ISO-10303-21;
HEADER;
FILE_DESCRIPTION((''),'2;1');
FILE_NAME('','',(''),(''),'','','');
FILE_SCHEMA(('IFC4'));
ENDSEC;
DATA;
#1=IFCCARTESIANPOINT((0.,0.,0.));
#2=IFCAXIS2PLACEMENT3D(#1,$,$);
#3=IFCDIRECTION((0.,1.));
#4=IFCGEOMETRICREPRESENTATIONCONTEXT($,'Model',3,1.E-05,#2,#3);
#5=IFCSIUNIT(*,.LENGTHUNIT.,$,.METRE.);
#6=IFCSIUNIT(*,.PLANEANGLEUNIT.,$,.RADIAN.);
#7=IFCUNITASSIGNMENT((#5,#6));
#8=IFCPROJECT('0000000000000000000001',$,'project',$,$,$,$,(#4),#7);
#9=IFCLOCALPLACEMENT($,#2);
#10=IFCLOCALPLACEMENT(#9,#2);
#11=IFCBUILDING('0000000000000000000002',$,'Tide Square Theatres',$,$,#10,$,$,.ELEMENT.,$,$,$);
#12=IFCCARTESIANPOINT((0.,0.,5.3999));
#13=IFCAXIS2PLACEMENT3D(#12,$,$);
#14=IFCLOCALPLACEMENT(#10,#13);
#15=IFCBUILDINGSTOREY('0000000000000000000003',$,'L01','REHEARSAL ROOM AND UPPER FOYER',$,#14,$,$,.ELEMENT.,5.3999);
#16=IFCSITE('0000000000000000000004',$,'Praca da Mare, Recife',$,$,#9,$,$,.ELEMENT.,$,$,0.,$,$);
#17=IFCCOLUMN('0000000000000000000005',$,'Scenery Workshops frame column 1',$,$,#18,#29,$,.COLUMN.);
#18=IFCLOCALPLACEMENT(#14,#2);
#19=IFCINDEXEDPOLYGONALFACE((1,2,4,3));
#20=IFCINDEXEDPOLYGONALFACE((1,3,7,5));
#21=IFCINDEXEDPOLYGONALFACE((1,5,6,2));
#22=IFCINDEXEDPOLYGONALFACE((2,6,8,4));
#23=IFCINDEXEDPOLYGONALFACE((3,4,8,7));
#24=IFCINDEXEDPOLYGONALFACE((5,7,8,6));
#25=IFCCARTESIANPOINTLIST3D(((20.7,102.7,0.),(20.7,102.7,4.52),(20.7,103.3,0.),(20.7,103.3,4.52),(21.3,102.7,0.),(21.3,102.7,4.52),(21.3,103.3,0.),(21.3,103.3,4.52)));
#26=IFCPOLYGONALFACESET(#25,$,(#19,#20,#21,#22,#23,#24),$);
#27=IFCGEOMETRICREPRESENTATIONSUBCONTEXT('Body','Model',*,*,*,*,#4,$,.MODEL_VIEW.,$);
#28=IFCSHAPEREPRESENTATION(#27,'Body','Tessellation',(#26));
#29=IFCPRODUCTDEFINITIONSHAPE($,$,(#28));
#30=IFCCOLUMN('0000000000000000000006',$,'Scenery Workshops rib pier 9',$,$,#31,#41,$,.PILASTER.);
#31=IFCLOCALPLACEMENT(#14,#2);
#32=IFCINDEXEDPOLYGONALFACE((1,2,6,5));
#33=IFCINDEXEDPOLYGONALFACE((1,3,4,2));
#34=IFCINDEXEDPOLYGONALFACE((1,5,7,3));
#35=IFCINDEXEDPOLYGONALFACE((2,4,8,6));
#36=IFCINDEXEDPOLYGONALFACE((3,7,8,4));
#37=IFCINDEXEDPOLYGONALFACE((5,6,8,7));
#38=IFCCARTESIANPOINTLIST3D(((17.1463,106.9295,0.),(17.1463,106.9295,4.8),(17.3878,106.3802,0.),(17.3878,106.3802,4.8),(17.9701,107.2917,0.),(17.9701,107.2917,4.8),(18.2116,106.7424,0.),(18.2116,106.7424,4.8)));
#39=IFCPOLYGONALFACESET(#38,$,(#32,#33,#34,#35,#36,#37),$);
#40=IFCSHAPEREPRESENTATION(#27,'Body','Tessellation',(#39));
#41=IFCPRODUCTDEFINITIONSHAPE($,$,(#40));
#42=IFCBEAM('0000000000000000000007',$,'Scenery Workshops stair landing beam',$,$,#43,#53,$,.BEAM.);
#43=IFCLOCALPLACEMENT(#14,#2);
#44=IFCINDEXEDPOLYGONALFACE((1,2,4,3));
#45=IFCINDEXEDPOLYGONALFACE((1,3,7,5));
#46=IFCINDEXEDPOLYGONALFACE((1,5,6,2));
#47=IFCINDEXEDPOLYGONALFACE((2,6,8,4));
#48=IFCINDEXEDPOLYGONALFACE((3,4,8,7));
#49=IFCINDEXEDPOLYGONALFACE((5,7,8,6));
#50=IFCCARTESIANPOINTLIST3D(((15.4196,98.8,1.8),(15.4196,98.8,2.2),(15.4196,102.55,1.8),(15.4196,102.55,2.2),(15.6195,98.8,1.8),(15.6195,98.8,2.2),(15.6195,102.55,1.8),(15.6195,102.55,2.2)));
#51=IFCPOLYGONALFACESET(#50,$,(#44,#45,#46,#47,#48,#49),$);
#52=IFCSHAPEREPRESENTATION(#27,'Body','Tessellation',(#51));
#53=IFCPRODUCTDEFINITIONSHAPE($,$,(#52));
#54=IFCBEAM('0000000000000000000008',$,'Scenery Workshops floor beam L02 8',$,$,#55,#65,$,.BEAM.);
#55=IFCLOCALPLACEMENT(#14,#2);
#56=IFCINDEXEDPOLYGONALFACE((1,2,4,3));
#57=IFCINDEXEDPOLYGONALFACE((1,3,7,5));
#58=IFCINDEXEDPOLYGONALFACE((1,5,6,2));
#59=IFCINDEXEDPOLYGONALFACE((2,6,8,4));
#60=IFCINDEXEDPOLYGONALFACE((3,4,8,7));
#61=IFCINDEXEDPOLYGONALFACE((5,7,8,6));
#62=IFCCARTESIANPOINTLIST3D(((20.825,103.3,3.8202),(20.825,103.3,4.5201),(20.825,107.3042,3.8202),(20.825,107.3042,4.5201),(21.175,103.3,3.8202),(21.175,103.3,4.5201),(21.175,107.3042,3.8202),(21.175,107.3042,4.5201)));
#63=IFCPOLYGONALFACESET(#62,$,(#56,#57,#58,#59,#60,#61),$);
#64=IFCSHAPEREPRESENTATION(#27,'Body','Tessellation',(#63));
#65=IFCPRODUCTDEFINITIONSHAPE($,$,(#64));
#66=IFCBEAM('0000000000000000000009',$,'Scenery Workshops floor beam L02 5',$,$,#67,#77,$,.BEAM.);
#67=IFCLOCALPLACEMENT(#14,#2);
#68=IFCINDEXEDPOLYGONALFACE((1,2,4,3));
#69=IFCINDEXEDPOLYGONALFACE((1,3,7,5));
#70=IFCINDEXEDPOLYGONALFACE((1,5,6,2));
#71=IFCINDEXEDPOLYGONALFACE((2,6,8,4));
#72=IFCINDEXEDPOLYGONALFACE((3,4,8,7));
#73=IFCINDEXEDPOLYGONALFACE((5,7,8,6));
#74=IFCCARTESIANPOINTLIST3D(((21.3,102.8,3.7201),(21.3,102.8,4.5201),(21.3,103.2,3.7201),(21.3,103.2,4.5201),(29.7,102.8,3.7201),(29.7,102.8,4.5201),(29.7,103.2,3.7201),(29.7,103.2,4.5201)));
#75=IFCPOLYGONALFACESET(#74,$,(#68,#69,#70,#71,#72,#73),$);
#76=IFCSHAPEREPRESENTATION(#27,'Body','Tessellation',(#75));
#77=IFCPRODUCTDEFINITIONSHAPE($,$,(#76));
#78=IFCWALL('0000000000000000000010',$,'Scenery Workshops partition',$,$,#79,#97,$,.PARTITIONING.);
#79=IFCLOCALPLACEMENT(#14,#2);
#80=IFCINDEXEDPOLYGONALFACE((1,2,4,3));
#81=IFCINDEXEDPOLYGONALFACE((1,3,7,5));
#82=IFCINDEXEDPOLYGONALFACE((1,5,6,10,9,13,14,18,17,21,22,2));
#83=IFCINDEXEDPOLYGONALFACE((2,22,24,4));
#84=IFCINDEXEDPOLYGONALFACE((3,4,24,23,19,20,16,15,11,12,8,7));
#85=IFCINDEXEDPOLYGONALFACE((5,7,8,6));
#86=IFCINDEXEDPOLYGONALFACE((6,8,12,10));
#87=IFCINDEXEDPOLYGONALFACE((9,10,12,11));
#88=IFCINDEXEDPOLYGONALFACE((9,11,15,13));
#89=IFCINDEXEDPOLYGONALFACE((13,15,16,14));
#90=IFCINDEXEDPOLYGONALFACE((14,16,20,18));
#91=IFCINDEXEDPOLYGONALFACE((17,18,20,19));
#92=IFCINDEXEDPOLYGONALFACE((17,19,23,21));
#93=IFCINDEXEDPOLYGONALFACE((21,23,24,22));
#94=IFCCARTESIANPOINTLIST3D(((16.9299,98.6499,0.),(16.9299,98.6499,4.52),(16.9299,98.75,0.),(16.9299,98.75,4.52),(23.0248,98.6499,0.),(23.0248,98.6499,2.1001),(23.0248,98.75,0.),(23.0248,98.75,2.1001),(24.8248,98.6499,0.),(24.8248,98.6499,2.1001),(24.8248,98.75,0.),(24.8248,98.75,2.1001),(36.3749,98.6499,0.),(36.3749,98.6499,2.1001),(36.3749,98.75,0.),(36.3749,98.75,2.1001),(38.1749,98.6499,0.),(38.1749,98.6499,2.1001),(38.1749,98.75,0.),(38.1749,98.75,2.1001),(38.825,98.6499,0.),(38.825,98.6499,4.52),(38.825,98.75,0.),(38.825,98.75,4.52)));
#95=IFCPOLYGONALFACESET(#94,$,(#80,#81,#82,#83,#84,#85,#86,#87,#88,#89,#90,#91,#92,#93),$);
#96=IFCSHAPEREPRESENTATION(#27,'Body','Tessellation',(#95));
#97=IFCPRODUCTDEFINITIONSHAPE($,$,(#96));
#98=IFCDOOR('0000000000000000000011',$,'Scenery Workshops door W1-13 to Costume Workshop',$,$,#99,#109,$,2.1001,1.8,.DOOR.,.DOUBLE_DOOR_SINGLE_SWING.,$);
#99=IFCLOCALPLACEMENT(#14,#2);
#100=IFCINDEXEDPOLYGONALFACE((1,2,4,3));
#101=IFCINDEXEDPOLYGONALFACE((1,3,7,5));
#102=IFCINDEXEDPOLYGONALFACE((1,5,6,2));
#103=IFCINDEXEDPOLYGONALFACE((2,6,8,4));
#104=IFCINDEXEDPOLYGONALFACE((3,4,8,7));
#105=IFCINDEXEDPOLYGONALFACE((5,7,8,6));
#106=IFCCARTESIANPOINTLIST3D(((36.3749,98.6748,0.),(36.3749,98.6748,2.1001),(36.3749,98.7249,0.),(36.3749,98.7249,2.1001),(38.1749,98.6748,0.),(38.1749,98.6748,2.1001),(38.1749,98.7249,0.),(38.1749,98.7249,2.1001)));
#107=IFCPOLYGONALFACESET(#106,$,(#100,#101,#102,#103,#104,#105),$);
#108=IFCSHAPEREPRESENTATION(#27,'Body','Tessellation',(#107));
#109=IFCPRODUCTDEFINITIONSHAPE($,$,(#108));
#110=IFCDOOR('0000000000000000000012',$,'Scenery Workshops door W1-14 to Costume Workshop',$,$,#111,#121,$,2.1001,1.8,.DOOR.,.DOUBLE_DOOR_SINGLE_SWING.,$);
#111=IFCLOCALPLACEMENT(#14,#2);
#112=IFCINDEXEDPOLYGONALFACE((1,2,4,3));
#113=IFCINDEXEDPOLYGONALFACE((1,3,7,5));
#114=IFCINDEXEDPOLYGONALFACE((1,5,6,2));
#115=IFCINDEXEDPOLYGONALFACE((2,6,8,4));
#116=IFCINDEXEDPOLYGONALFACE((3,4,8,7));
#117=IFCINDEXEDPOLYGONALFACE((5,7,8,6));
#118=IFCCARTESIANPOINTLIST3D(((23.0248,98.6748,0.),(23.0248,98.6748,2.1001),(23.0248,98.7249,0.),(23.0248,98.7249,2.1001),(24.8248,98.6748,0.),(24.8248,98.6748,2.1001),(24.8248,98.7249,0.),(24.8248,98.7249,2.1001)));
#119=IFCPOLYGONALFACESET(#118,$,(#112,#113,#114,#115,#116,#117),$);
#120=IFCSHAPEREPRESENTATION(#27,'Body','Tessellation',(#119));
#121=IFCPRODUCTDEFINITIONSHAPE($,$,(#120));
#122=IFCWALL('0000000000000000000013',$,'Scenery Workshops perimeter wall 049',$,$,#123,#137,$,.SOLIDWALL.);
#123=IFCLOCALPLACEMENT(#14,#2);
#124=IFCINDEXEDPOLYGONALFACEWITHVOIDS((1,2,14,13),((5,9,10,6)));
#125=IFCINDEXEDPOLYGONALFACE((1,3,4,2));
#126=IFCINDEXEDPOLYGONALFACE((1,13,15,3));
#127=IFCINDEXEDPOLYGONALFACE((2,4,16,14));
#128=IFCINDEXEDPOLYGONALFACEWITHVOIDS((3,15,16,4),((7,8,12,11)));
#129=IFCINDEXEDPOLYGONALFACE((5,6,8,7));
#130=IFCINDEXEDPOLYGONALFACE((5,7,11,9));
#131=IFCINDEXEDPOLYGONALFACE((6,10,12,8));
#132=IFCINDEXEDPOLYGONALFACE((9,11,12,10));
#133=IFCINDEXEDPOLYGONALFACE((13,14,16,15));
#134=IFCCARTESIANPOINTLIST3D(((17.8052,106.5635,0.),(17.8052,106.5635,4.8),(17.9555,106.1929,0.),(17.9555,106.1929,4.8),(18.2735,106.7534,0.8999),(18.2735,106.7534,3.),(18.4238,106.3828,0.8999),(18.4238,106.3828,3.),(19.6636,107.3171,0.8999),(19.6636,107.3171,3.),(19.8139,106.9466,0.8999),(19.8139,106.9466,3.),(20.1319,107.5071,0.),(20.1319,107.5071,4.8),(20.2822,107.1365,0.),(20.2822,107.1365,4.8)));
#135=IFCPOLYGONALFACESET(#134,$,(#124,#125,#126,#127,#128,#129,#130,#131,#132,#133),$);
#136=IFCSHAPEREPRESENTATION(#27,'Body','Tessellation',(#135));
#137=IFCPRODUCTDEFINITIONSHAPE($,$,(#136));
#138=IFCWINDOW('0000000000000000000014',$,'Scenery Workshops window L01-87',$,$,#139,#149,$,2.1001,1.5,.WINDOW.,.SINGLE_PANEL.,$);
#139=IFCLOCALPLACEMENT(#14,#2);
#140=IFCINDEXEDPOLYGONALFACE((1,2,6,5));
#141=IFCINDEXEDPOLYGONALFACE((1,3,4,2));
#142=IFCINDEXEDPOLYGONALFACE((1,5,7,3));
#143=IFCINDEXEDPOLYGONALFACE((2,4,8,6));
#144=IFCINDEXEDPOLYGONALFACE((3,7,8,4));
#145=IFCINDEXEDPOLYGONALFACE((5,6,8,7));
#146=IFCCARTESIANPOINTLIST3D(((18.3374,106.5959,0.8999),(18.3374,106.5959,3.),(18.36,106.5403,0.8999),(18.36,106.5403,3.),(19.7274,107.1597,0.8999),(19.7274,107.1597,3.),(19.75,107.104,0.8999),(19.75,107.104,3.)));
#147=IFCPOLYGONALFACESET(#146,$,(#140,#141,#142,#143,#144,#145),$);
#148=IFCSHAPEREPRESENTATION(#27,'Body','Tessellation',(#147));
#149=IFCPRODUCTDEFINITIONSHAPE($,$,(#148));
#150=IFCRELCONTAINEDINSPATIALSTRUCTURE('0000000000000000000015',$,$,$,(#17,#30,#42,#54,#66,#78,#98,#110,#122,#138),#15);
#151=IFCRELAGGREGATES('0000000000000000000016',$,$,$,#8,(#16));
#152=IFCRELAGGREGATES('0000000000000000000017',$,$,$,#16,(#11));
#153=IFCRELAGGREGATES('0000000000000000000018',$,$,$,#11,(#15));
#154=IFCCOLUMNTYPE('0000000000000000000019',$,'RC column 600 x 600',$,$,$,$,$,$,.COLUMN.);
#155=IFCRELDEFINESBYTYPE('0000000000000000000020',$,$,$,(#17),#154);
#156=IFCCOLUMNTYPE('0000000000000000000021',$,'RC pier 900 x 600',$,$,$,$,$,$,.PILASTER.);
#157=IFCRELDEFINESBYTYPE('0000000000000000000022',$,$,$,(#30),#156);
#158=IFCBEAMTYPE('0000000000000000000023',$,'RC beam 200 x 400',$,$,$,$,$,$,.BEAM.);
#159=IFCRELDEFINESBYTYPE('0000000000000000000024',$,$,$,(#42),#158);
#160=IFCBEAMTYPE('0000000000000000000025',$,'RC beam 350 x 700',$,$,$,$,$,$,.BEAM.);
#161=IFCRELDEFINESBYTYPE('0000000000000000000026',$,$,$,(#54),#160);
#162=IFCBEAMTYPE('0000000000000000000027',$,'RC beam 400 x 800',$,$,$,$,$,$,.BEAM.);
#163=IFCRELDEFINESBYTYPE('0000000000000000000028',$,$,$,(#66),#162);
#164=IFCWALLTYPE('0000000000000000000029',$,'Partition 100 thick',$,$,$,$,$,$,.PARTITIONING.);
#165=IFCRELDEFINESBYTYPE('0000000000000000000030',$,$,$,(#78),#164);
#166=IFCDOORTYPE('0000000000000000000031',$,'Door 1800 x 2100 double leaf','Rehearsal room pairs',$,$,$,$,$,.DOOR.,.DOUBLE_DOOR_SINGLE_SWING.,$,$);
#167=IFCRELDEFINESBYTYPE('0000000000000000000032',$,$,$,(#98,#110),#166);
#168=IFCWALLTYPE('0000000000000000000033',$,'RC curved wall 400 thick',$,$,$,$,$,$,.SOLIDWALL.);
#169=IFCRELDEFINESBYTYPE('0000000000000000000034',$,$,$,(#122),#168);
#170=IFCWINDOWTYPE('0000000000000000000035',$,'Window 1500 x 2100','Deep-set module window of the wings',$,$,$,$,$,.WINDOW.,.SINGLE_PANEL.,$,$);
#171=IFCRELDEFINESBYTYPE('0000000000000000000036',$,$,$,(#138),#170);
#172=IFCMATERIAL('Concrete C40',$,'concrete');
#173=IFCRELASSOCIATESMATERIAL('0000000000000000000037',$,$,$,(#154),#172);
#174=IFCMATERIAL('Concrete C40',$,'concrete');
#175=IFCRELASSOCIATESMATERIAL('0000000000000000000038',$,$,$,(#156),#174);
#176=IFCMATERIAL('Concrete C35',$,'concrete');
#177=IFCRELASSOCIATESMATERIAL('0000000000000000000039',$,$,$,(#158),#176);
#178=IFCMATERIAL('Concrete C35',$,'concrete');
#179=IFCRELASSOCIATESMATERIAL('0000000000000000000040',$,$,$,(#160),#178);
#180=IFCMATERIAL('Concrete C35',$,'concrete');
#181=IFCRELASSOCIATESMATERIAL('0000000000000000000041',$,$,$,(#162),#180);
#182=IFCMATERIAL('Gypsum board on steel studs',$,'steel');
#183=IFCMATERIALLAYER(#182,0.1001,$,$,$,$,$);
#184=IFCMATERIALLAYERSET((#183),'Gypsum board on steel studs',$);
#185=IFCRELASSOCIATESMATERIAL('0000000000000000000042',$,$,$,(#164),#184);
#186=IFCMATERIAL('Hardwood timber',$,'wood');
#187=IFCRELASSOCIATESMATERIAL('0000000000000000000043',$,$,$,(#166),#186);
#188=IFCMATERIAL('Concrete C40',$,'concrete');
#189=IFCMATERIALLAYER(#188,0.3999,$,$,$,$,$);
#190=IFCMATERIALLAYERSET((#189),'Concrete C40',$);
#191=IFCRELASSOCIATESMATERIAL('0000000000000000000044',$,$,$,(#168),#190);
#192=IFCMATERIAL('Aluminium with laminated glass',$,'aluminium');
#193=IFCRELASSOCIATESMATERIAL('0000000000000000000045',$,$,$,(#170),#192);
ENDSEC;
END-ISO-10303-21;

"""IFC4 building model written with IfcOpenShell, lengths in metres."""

from ifc_helpers import new_model, si_unit, direction, frame, frame_2d, origin, origin_2d, place, context, subcontext, project, spatial, rectangle, extrude, material, layer, layer_set, material_profile, profile_set, type_object, element, fill, save


model = new_model("IFC4")

# Units and contexts
model_context = context("Model", 3, precision=1e-05, world=origin(), true_north=direction((0.0, 1.0)))
body_context = subcontext(model_context, "Body", "Model", "MODEL_VIEW")
ifc_project = project(units=[si_unit("LENGTHUNIT", "METRE"), si_unit("PLANEANGLEUNIT", "RADIAN")], contexts=[model_context])

# Site, building, storey
site_placement = place(None, origin())
site = spatial("IfcSite", under=ifc_project, at=site_placement, Name="Praca da Mare, Recife", CompositionType="ELEMENT", RefElevation=0.0)
building_placement = place(site_placement, origin())
building = spatial("IfcBuilding", under=site, at=building_placement, Name="Tide Square Theatres", CompositionType="ELEMENT")
storey_placement = place(building_placement, frame((0.0, 0.0, 5.3999)))
storey = spatial("IfcBuildingStorey", under=building, at=storey_placement, Name="L01", Description="REHEARSAL ROOM AND UPPER FOYER", CompositionType="ELEMENT", Elevation=5.3999)

# Columns
ifc_material_1 = material(Name="Concrete C40", Category="concrete")
ifc_material_profile_1 = material_profile(ifc_material_1, rectangle(XDim=0.6001, YDim=0.6001, at=origin_2d()))
ifc_profile_set_1 = profile_set([ifc_material_profile_1], Name="Concrete C40")
column_type_1 = type_object("IfcColumnType", Name="RC column 600 x 600", PredefinedType="COLUMN", material=ifc_profile_set_1)
column_1_placement = place(storey_placement, frame((21.0, 103.0, 0.0), z_axis=(0.0, 0.0, 1.0), x_axis=(1.0, 0.0, 0.0)))
element("IfcColumn", 1, at=column_1_placement, inside=storey, type_object=column_type_1, Name="Scenery Workshops frame column 1", PredefinedType="COLUMN", context=body_context, shape_type="SweptSolid", body=[
    extrude(rectangle(XDim=0.6001, YDim=0.6001, at=origin_2d()), origin(), (0.0, 0.0, 1.0), 4.52),
])
ifc_material_2 = material(Name="Concrete C40", Category="concrete")
ifc_material_profile_2 = material_profile(ifc_material_2, rectangle(XDim=0.8999, YDim=0.6001, at=origin_2d()))
ifc_profile_set_2 = profile_set([ifc_material_profile_2], Name="Concrete C40")
column_type_2 = type_object("IfcColumnType", Name="RC pier 900 x 600", PredefinedType="PILASTER", material=ifc_profile_set_2)
column_2_placement = place(storey_placement, frame((17.679, 106.8359, 0.0), z_axis=(0.0, 0.0, 1.0), x_axis=(-0.915419, -0.402502, 0.0)))
element("IfcColumn", 2, at=column_2_placement, inside=storey, type_object=column_type_2, Name="Scenery Workshops rib pier 9", PredefinedType="PILASTER", context=body_context, shape_type="SweptSolid", body=[
    extrude(rectangle(XDim=0.8999, YDim=0.6001, at=origin_2d()), origin(), (0.0, 0.0, 1.0), 4.8),
])

# Beams
ifc_material_3 = material(Name="Concrete C35", Category="concrete")
ifc_material_profile_3 = material_profile(ifc_material_3, rectangle(XDim=0.2, YDim=0.3999, at=origin_2d()))
ifc_profile_set_3 = profile_set([ifc_material_profile_3], Name="Concrete C35")
beam_type_1 = type_object("IfcBeamType", Name="RC beam 200 x 400", PredefinedType="BEAM", material=ifc_profile_set_3)
beam_1_placement = place(storey_placement, frame((15.5195, 98.8, 2.0), z_axis=(0.0, 1.0, 0.0), x_axis=(-1.0, 0.0, 0.0)))
element("IfcBeam", 3, at=beam_1_placement, inside=storey, type_object=beam_type_1, Name="Scenery Workshops stair landing beam", PredefinedType="BEAM", context=body_context, shape_type="SweptSolid", body=[
    extrude(rectangle(XDim=0.2, YDim=0.3999, at=origin_2d()), origin(), (0.0, 0.0, 1.0), 3.75),
])
ifc_material_4 = material(Name="Concrete C35", Category="concrete")
ifc_material_profile_4 = material_profile(ifc_material_4, rectangle(XDim=0.3501, YDim=0.7, at=origin_2d()))
ifc_profile_set_4 = profile_set([ifc_material_profile_4], Name="Concrete C35")
beam_type_2 = type_object("IfcBeamType", Name="RC beam 350 x 700", PredefinedType="BEAM", material=ifc_profile_set_4)
beam_2_placement = place(storey_placement, frame((21.0, 103.3, 4.1702), z_axis=(0.0, 1.0, 0.0), x_axis=(-1.0, 0.0, 0.0)))
element("IfcBeam", 4, at=beam_2_placement, inside=storey, type_object=beam_type_2, Name="Scenery Workshops floor beam L02 8", PredefinedType="BEAM", context=body_context, shape_type="SweptSolid", body=[
    extrude(rectangle(XDim=0.3501, YDim=0.7, at=origin_2d()), origin(), (0.0, 0.0, 1.0), 4.0042),
])
ifc_material_5 = material(Name="Concrete C35", Category="concrete")
ifc_material_profile_5 = material_profile(ifc_material_5, rectangle(XDim=0.3999, YDim=0.8, at=origin_2d()))
ifc_profile_set_5 = profile_set([ifc_material_profile_5], Name="Concrete C35")
beam_type_3 = type_object("IfcBeamType", Name="RC beam 400 x 800", PredefinedType="BEAM", material=ifc_profile_set_5)
beam_3_placement = place(storey_placement, frame((21.3, 103.0, 4.1201), z_axis=(1.0, 0.0, 0.0), x_axis=(0.0, 1.0, 0.0)))
element("IfcBeam", 5, at=beam_3_placement, inside=storey, type_object=beam_type_3, Name="Scenery Workshops floor beam L02 5", PredefinedType="BEAM", context=body_context, shape_type="SweptSolid", body=[
    extrude(rectangle(XDim=0.3999, YDim=0.8, at=origin_2d()), origin(), (0.0, 0.0, 1.0), 8.3999),
])

# Wall, openings, doors
ifc_material_6 = material(Name="Gypsum board on steel studs", Category="steel")
ifc_layer_1 = layer(ifc_material_6, 0.1001)
ifc_layer_set_1 = layer_set([ifc_layer_1], Name="Gypsum board on steel studs")
wall_type_1 = type_object("IfcWallType", Name="Partition 100 thick", PredefinedType="PARTITIONING", material=ifc_layer_set_1)
wall_1_placement = place(storey_placement, frame((16.9299, 98.7, 0.0), z_axis=(0.0, 0.0, 1.0), x_axis=(1.0, 0.0, 0.0)))
wall_1 = element("IfcWall", 6, at=wall_1_placement, inside=storey, type_object=wall_type_1, Name="Scenery Workshops partition", PredefinedType="PARTITIONING", context=body_context, shape_type="SweptSolid", body=[
    extrude(rectangle(XDim=21.895, YDim=0.1001, at=frame_2d((10.9475, 0.0))), origin(), (0.0, 0.0, 1.0), 4.52),
])
opening_1_placement = place(wall_1_placement, frame((19.4451, 0.0, 0.0)))
opening_1 = element("IfcOpeningElement", 7, at=opening_1_placement, cuts=wall_1, PredefinedType="OPENING", context=body_context, shape_type="SweptSolid", body=[
    extrude(rectangle(XDim=1.8, YDim=2.1001, at=frame_2d((0.8999, 1.05))), frame((0.0, 0.0601, 0.0), z_axis=(0.0, -1.0, 0.0), x_axis=(1.0, 0.0, 0.0)), (0.0, 0.0, 1.0), 0.1201),
])
opening_2_placement = place(wall_1_placement, frame((6.095, 0.0, 0.0)))
opening_2 = element("IfcOpeningElement", 8, at=opening_2_placement, cuts=wall_1, PredefinedType="OPENING", context=body_context, shape_type="SweptSolid", body=[
    extrude(rectangle(XDim=1.8, YDim=2.1001, at=frame_2d((0.8999, 1.05))), frame((0.0, 0.0601, 0.0), z_axis=(0.0, -1.0, 0.0), x_axis=(1.0, 0.0, 0.0)), (0.0, 0.0, 1.0), 0.1201),
])
ifc_material_7 = material(Name="Hardwood timber", Category="wood")
door_type_1 = type_object("IfcDoorType", Name="Door 1800 x 2100 double leaf", Description="Rehearsal room pairs", OperationType="DOUBLE_DOOR_SINGLE_SWING", PredefinedType="DOOR", material=ifc_material_7)
door_1_placement = place(opening_1_placement, origin())
door_1 = element("IfcDoor", 9, at=door_1_placement, inside=storey, type_object=door_type_1, Name="Scenery Workshops door W1-13 to Costume Workshop", OperationType="DOUBLE_DOOR_SINGLE_SWING", OverallHeight=2.1001, OverallWidth=1.8, PredefinedType="DOOR", context=body_context, shape_type="SweptSolid", body=[
    extrude(rectangle(XDim=1.8, YDim=2.1001, at=frame_2d((0.8999, 1.05))), frame((0.0, 0.0249, 0.0), z_axis=(0.0, -1.0, 0.0), x_axis=(1.0, 0.0, 0.0)), (0.0, 0.0, 1.0), 0.05),
])
fill(opening_1, door_1)
door_2_placement = place(opening_2_placement, origin())
door_2 = element("IfcDoor", 10, at=door_2_placement, inside=storey, type_object=door_type_1, Name="Scenery Workshops door W1-14 to Costume Workshop", OperationType="DOUBLE_DOOR_SINGLE_SWING", OverallHeight=2.1001, OverallWidth=1.8, PredefinedType="DOOR", context=body_context, shape_type="SweptSolid", body=[
    extrude(rectangle(XDim=1.8, YDim=2.1001, at=frame_2d((0.8999, 1.05))), frame((0.0, 0.0249, 0.0), z_axis=(0.0, -1.0, 0.0), x_axis=(1.0, 0.0, 0.0)), (0.0, 0.0, 1.0), 0.05),
])
fill(opening_2, door_2)

# Wall, opening, window
ifc_material_8 = material(Name="Concrete C40", Category="concrete")
ifc_layer_2 = layer(ifc_material_8, 0.3999)
ifc_layer_set_2 = layer_set([ifc_layer_2], Name="Concrete C40")
wall_type_2 = type_object("IfcWallType", Name="RC curved wall 400 thick", PredefinedType="SOLIDWALL", material=ifc_layer_set_2)
wall_2_placement = place(storey_placement, frame((20.207, 107.3218, 0.0), z_axis=(0.0, 0.0, 1.0), x_axis=(-0.926689, -0.375829, 0.0)))
wall_2 = element("IfcWall", 11, at=wall_2_placement, inside=storey, type_object=wall_type_2, Name="Scenery Workshops perimeter wall 049", PredefinedType="SOLIDWALL", context=body_context, shape_type="SweptSolid", body=[
    extrude(rectangle(XDim=2.5107, YDim=0.3999, at=frame_2d((1.2554, 0.0))), origin(), (0.0, 0.0, 1.0), 4.8),
])
opening_3_placement = place(wall_2_placement, frame((0.5054, 0.0, 0.8999)))
opening_3 = element("IfcOpeningElement", 12, at=opening_3_placement, cuts=wall_2, PredefinedType="OPENING", context=body_context, shape_type="SweptSolid", body=[
    extrude(rectangle(XDim=1.5, YDim=2.1001, at=frame_2d((0.75, 1.05))), frame((0.0, 0.21, 0.0), z_axis=(0.0, -1.0, 0.0), x_axis=(1.0, 0.0, 0.0)), (0.0, 0.0, 1.0), 0.4199),
])
ifc_material_9 = material(Name="Aluminium with laminated glass", Category="aluminium")
window_type = type_object("IfcWindowType", Name="Window 1500 x 2100", Description="Deep-set module window of the wings", PartitioningType="SINGLE_PANEL", PredefinedType="WINDOW", material=ifc_material_9)
window_1_placement = place(opening_3_placement, origin())
window_1 = element("IfcWindow", 13, at=window_1_placement, inside=storey, type_object=window_type, Name="Scenery Workshops window L01-87", OverallHeight=2.1001, OverallWidth=1.5, PartitioningType="SINGLE_PANEL", PredefinedType="WINDOW", context=body_context, shape_type="SweptSolid", body=[
    extrude(rectangle(XDim=1.5, YDim=2.1001, at=frame_2d((0.75, 1.05))), frame((0.0, 0.03, 0.0), z_axis=(0.0, -1.0, 0.0), x_axis=(1.0, 0.0, 0.0)), (0.0, 0.0, 1.0), 0.0601),
])
fill(opening_3, window_1)

save(model, "model.ifc")
